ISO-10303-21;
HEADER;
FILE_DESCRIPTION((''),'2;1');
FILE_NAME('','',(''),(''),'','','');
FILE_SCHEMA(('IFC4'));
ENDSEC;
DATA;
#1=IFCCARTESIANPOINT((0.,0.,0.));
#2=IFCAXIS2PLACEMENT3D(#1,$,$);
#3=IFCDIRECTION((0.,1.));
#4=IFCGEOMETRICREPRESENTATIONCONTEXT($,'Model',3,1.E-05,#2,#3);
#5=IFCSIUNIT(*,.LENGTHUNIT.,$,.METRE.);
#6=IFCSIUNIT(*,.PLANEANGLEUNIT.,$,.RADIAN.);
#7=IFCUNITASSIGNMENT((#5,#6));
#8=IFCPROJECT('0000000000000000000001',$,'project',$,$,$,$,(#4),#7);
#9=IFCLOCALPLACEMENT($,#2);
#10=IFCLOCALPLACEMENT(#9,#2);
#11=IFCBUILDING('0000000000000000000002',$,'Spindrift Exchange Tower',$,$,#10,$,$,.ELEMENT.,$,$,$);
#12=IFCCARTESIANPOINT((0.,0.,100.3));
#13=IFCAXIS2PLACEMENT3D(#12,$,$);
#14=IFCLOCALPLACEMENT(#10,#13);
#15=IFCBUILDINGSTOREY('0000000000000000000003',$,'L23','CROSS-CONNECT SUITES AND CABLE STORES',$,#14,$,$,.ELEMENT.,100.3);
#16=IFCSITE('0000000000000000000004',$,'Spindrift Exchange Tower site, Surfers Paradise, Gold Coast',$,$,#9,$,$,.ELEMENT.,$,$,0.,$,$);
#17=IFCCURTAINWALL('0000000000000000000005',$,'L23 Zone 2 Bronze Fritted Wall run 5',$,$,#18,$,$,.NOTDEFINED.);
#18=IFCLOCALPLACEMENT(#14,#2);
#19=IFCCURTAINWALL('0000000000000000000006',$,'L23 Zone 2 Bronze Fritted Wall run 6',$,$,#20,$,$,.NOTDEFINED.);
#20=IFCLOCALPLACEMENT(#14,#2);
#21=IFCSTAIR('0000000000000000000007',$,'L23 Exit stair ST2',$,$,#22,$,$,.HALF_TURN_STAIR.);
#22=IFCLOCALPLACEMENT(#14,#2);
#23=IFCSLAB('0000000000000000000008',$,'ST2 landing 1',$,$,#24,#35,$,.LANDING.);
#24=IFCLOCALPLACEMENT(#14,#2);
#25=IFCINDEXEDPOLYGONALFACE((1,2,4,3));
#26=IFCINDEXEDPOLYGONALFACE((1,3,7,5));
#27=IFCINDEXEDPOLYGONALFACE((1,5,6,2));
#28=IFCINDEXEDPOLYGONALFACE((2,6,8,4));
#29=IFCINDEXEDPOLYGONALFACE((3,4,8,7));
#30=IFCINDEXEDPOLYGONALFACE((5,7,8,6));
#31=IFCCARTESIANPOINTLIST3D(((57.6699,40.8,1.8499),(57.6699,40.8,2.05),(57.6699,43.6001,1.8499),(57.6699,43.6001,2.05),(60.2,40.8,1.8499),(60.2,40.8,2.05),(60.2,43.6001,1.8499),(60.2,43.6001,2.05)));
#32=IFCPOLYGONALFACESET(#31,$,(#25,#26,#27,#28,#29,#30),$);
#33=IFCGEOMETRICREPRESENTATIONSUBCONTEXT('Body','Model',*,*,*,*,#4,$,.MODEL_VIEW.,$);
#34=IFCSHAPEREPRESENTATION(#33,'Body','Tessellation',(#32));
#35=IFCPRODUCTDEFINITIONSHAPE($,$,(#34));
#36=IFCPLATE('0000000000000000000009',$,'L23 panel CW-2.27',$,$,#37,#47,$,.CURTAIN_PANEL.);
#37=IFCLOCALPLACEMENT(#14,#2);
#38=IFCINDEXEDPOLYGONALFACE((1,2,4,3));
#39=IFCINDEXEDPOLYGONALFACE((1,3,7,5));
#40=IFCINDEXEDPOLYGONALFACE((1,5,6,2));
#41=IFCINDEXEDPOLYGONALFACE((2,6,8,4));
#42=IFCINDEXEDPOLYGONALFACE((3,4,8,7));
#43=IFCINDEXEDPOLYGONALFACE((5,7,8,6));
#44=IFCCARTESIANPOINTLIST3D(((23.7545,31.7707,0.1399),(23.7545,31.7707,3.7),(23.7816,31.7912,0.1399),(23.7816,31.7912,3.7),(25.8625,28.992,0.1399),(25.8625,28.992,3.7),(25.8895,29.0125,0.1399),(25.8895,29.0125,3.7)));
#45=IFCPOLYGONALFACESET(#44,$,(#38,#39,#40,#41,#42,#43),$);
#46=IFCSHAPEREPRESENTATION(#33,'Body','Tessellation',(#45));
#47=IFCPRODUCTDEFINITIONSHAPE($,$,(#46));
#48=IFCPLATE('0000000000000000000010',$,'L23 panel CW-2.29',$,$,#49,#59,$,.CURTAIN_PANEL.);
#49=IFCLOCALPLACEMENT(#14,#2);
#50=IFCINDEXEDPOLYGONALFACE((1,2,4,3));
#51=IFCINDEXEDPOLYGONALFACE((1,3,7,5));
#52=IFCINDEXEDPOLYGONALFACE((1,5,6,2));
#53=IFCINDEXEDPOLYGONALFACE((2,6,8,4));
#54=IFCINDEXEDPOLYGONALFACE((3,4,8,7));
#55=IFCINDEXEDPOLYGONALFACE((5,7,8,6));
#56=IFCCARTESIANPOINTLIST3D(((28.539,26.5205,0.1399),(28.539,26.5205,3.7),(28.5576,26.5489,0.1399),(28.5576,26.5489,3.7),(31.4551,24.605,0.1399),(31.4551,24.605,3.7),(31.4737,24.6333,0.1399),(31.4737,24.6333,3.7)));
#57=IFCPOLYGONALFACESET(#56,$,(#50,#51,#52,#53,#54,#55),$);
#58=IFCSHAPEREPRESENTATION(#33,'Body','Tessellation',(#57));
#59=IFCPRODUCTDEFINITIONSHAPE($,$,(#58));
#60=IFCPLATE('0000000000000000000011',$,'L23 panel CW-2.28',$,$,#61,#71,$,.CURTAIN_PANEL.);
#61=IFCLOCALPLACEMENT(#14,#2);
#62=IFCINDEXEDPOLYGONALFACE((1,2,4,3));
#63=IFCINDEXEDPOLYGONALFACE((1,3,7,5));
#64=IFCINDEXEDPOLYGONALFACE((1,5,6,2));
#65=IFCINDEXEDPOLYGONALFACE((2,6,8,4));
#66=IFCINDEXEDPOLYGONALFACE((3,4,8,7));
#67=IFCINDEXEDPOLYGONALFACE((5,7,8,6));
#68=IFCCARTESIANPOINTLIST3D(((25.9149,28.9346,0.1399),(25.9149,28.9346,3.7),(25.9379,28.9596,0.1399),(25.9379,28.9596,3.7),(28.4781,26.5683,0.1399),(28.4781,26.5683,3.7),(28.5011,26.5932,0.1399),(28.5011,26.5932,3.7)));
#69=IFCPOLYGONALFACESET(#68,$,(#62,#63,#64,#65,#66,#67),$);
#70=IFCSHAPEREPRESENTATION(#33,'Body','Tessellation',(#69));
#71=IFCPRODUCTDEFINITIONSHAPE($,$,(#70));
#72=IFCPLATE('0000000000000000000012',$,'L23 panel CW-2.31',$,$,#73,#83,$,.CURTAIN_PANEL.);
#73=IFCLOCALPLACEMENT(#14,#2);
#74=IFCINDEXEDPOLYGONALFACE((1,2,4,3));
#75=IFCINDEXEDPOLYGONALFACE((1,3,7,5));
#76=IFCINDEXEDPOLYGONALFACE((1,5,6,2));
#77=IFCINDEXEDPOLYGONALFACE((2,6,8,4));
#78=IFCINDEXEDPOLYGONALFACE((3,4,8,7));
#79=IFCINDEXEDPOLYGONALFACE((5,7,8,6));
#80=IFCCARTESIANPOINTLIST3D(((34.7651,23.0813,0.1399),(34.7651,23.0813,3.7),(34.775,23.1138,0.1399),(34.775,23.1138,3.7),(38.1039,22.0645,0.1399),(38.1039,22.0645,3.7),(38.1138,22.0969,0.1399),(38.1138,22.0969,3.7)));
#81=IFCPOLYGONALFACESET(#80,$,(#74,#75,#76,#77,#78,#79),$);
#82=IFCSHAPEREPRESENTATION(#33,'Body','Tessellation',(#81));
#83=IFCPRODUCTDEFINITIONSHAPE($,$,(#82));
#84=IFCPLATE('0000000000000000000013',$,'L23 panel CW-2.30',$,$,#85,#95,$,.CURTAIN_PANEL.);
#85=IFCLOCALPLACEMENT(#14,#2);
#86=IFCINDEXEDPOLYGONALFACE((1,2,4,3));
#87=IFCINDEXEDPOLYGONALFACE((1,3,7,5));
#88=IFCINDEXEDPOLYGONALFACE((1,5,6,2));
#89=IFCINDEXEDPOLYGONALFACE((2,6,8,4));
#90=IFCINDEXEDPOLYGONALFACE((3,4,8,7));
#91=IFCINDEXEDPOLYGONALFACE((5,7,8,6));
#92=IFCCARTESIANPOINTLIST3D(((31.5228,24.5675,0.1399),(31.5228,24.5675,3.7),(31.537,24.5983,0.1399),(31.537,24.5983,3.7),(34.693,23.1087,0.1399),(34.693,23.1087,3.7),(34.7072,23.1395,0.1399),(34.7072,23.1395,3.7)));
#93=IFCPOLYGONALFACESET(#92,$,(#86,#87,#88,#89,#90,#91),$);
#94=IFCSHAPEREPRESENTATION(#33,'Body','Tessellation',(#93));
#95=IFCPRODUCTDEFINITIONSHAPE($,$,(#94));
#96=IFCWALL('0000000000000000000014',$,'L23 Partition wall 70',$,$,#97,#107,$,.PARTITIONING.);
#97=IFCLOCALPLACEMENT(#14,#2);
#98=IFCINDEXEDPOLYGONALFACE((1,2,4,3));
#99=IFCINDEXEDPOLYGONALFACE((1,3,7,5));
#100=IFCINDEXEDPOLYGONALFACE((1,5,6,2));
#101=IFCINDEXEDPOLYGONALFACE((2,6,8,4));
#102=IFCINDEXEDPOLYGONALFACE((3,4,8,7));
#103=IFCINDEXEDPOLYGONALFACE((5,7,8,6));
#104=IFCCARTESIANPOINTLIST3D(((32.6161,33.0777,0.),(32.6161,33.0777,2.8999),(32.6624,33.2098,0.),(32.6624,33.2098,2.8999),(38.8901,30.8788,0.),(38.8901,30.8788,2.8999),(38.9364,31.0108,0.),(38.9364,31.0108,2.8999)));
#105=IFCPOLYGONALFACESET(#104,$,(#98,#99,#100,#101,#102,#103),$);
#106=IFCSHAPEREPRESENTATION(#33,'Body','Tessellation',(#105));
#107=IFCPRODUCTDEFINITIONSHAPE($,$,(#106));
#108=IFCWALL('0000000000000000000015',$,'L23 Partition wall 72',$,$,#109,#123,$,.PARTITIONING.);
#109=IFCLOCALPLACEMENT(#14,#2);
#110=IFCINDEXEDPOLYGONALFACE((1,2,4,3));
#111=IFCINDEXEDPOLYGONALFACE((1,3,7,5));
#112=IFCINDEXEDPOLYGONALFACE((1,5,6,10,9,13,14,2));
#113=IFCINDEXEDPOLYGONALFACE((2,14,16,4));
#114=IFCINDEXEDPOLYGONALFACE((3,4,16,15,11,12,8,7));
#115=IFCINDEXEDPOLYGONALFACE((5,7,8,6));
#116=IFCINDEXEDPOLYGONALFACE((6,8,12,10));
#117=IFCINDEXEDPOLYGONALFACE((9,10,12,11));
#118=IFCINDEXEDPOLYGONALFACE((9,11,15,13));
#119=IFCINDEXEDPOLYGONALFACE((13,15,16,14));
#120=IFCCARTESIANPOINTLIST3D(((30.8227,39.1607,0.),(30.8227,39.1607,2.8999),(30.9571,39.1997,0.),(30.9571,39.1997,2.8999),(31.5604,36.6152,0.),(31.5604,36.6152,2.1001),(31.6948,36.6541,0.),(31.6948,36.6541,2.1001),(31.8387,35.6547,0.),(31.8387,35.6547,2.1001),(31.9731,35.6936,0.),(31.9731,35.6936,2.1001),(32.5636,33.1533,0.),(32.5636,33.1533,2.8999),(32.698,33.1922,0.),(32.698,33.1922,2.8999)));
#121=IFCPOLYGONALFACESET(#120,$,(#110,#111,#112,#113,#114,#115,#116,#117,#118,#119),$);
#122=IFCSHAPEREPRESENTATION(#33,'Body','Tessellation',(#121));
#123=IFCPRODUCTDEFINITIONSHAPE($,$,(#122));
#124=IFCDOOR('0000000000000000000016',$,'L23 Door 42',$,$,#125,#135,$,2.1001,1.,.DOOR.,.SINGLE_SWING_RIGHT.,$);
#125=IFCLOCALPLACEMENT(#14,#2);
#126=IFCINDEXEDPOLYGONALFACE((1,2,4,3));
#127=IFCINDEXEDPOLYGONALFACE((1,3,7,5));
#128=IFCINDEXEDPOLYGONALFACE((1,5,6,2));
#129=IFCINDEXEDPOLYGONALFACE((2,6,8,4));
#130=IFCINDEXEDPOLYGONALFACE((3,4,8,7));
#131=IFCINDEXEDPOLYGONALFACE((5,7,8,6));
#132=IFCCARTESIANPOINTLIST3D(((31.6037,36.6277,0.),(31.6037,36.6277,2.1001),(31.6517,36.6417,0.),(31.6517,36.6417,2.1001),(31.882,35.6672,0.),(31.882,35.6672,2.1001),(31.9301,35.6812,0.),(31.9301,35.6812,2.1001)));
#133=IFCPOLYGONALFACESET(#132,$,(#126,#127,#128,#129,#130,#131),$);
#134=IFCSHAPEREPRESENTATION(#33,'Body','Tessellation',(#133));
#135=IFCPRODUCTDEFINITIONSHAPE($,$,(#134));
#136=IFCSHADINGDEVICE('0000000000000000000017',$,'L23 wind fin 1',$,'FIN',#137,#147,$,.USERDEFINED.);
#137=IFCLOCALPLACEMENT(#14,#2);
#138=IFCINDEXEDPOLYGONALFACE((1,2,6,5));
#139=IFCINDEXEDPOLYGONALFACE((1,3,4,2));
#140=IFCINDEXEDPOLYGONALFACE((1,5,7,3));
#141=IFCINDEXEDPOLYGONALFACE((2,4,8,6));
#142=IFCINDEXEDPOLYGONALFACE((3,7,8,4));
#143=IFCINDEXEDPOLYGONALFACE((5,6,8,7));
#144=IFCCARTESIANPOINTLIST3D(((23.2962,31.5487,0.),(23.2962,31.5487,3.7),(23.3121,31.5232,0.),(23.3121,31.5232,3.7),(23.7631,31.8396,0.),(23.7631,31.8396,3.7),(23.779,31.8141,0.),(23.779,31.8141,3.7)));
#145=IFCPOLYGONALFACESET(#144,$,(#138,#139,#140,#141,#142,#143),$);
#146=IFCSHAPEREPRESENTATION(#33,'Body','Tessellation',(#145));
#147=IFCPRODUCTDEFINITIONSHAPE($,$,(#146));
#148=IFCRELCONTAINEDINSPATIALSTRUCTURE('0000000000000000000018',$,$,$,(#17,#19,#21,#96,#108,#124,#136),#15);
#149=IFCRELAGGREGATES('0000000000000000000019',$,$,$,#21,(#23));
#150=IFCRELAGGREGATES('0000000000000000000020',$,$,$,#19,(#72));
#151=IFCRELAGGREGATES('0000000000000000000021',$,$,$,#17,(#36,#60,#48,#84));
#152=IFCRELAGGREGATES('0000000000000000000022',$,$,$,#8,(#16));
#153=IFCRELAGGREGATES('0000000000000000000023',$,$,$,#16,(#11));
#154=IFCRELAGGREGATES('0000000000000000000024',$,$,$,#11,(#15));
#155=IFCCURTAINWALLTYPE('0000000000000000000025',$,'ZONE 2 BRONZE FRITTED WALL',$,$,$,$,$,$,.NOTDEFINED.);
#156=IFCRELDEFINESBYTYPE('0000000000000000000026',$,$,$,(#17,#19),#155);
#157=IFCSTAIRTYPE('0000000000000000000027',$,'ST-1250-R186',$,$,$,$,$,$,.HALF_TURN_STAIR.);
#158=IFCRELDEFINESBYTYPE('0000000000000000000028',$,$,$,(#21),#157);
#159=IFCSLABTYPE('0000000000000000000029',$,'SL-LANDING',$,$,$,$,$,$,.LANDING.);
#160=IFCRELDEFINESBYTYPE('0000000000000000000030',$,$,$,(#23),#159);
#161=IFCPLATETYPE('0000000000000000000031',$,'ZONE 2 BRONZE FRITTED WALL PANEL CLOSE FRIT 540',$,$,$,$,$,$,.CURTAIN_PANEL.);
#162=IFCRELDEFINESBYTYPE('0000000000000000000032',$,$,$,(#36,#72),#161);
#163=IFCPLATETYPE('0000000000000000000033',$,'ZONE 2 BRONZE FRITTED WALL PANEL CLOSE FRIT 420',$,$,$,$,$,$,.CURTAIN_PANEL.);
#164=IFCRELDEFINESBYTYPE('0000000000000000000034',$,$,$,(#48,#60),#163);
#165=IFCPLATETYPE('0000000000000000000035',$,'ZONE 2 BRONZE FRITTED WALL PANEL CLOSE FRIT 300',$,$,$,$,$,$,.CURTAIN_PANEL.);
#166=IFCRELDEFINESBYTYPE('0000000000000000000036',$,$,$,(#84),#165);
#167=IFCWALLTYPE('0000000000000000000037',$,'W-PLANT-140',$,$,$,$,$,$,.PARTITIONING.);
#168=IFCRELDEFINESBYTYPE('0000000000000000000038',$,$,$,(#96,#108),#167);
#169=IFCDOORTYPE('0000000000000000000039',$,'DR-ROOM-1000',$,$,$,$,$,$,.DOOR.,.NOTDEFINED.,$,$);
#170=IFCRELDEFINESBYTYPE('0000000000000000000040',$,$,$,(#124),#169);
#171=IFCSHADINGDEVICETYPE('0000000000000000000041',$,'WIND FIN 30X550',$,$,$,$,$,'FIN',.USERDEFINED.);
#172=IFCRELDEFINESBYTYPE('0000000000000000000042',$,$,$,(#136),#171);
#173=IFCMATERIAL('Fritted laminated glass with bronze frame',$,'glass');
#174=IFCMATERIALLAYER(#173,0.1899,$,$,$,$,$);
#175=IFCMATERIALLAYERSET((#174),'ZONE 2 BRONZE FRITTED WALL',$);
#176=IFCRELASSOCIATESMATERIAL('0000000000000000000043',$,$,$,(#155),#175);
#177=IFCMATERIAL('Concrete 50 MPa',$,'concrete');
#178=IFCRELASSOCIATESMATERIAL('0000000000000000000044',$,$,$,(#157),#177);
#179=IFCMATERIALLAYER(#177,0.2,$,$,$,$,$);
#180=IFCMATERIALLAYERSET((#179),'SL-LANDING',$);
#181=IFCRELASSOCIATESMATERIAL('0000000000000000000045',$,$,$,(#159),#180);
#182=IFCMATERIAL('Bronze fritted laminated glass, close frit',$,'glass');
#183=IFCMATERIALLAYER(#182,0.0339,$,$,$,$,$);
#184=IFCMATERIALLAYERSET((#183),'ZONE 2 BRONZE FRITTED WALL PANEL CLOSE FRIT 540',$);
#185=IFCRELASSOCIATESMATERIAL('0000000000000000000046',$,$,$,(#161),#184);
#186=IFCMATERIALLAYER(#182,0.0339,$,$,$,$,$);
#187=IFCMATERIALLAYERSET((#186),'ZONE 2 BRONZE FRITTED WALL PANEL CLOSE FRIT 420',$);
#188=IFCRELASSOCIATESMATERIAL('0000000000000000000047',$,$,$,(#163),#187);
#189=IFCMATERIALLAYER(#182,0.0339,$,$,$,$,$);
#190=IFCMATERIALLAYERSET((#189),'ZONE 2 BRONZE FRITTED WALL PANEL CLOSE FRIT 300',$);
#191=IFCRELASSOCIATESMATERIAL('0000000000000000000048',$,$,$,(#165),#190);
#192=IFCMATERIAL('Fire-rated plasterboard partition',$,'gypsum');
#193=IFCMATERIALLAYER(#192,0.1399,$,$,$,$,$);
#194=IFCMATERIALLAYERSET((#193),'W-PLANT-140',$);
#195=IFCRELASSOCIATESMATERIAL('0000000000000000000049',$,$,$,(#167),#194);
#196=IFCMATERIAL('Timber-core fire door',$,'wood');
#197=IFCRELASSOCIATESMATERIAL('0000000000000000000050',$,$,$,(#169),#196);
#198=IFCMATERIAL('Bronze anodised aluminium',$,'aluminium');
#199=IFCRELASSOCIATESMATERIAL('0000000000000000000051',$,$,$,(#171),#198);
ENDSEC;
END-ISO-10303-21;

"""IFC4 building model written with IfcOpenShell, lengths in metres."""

from ifc_helpers import new_model, si_unit, direction, frame, frame_2d, origin, origin_2d, place, context, subcontext, project, spatial, line, indexed_curve, rectangle, outline, extrude, source, transform, mapped, material, layer, layer_set, material_profile, profile_set, type_object, element, fill, aggregate, save


model = new_model("IFC4")

# Units and contexts
model_context = context("Model", 3, precision=1e-05, world=origin(), true_north=direction((0.0, 1.0)))
body_context = subcontext(model_context, "Body", "Model", "MODEL_VIEW")
ifc_project = project(units=[si_unit("LENGTHUNIT", "METRE"), si_unit("PLANEANGLEUNIT", "RADIAN")], contexts=[model_context])

# Site, building, storey
site_placement = place(None, origin())
site = spatial("IfcSite", under=ifc_project, at=site_placement, Name="Spindrift Exchange Tower site, Surfers Paradise, Gold Coast", CompositionType="ELEMENT", RefElevation=0.0)
building_placement = place(site_placement, origin())
building = spatial("IfcBuilding", under=site, at=building_placement, Name="Spindrift Exchange Tower", CompositionType="ELEMENT")
storey_placement = place(building_placement, frame((0.0, 0.0, 100.3)))
storey = spatial("IfcBuildingStorey", under=building, at=storey_placement, Name="L23", Description="CROSS-CONNECT SUITES AND CABLE STORES", CompositionType="ELEMENT", Elevation=100.3)

# Curtain wall
ifc_material_1 = material(Name="Fritted laminated glass with bronze frame", Category="glass")
ifc_layer_1 = layer(ifc_material_1, 0.1899)
ifc_layer_set_1 = layer_set([ifc_layer_1], Name="ZONE 2 BRONZE FRITTED WALL")
curtain_wall_type = type_object("IfcCurtainWallType", Name="ZONE 2 BRONZE FRITTED WALL", PredefinedType="NOTDEFINED", material=ifc_layer_set_1)
curtain_wall_1_placement = place(storey_placement, origin())
curtain_wall_1 = element("IfcCurtainWall", 1, at=curtain_wall_1_placement, inside=storey, type_object=curtain_wall_type, Name="L23 Zone 2 Bronze Fritted Wall run 5", PredefinedType="NOTDEFINED")
ifc_material_2 = material(Name="Bronze anodised aluminium", Category="aluminium")

# Curtain wall
curtain_wall_2_placement = place(storey_placement, origin())
curtain_wall_2 = element("IfcCurtainWall", 2, at=curtain_wall_2_placement, inside=storey, type_object=curtain_wall_type, Name="L23 Zone 2 Bronze Fritted Wall run 6", PredefinedType="NOTDEFINED")

# Shared definitions
ifc_material_3 = material(Name="Concrete 50 MPa", Category="concrete")

# Stair, slab
stair_type = type_object("IfcStairType", Name="ST-1250-R186", PredefinedType="HALF_TURN_STAIR", material=ifc_material_3)
ifc_layer_2 = layer(ifc_material_3, 0.2)
ifc_layer_set_2 = layer_set([ifc_layer_2], Name="SL-LANDING")
slab_type_1 = type_object("IfcSlabType", Name="SL-LANDING", PredefinedType="LANDING", material=ifc_layer_set_2)
stair_1_placement = place(storey_placement, origin())
stair_1 = element("IfcStair", 3, at=stair_1_placement, inside=storey, type_object=stair_type, Name="L23 Exit stair ST2", PredefinedType="HALF_TURN_STAIR")
slab_1_placement = place(storey_placement, frame((0.0, 0.0, 1.8499)))
slab_1 = element("IfcSlab", 4, at=slab_1_placement, type_object=slab_type_1, Name="ST2 landing 1", PredefinedType="LANDING", context=body_context, shape_type="SweptSolid", body=[
    extrude(outline(indexed_curve([(57.6699, 43.6001), (60.2, 43.6001), (60.2, 40.8), (57.6699, 40.8)], segments=[line(1, 2, 3, 4, 1)], self_intersect=False)), origin(), (0.0, 0.0, 1.0), 0.2002),
])
aggregate(stair_1, [slab_1])

# Plates
ifc_material_4 = material(Name="Bronze fritted laminated glass, close frit", Category="glass")
ifc_layer_3 = layer(ifc_material_4, 0.0339)
ifc_layer_set_3 = layer_set([ifc_layer_3], Name="ZONE 2 BRONZE FRITTED WALL PANEL CLOSE FRIT 540")
plate_type_1 = type_object("IfcPlateType", Name="ZONE 2 BRONZE FRITTED WALL PANEL CLOSE FRIT 540", PredefinedType="CURTAIN_PANEL", material=ifc_layer_set_3)
shared_shape_1 = source(origin(), body_context, "Body", "SweptSolid", [
    extrude(rectangle(XDim=3.4878, YDim=0.0339, at=origin_2d()), origin(), (0.0, 0.0, 1.0), 3.5601),
])
plate_1_placement = place(storey_placement, frame((24.822, 30.3916, 0.1399), z_axis=(0.0, 0.0, 1.0), x_axis=(0.604378, -0.796698, 0.0)))
plate_1 = element("IfcPlate", 5, at=plate_1_placement, type_object=plate_type_1, Name="L23 panel CW-2.27", PredefinedType="CURTAIN_PANEL", context=body_context, shape_type="MappedRepresentation", body=[
    mapped(shared_shape_1, transform((0.0, 0.0, 0.0), scale=1.0)),
])
ifc_layer_4 = layer(ifc_material_4, 0.0339)
ifc_layer_set_4 = layer_set([ifc_layer_4], Name="ZONE 2 BRONZE FRITTED WALL PANEL CLOSE FRIT 420")
plate_type_2 = type_object("IfcPlateType", Name="ZONE 2 BRONZE FRITTED WALL PANEL CLOSE FRIT 420", PredefinedType="CURTAIN_PANEL", material=ifc_layer_set_4)
shared_shape_2 = source(origin(), body_context, "Body", "SweptSolid", [
    extrude(rectangle(XDim=3.489, YDim=0.0339, at=origin_2d()), origin(), (0.0, 0.0, 1.0), 3.5601),
])
plate_2_placement = place(storey_placement, frame((30.0063, 25.5769, 0.1399), z_axis=(0.0, 0.0, 1.0), x_axis=(0.835808, -0.549021, 0.0)))
plate_2 = element("IfcPlate", 6, at=plate_2_placement, type_object=plate_type_2, Name="L23 panel CW-2.29", PredefinedType="CURTAIN_PANEL", context=body_context, shape_type="MappedRepresentation", body=[
    mapped(shared_shape_2, transform((0.0, 0.0, 0.0), scale=1.0)),
])
shared_shape_3 = source(origin(), body_context, "Body", "SweptSolid", [
    extrude(rectangle(XDim=3.4885, YDim=0.0339, at=origin_2d()), origin(), (0.0, 0.0, 1.0), 3.5601),
])
plate_3_placement = place(storey_placement, frame((27.208, 27.7639, 0.1399), z_axis=(0.0, 0.0, 1.0), x_axis=(0.734761, -0.678326, 0.0)))
plate_3 = element("IfcPlate", 7, at=plate_3_placement, type_object=plate_type_2, Name="L23 panel CW-2.28", PredefinedType="CURTAIN_PANEL", context=body_context, shape_type="MappedRepresentation", body=[
    mapped(shared_shape_3, transform((0.0, 0.0, 0.0), scale=1.0)),
])
shared_shape_4 = source(origin(), body_context, "Body", "SweptSolid", [
    extrude(rectangle(XDim=3.4902, YDim=0.0339, at=origin_2d()), origin(), (0.0, 0.0, 1.0), 3.5601),
])
plate_4_placement = place(storey_placement, frame((36.4395, 22.5891, 0.1399), z_axis=(0.0, 0.0, 1.0), x_axis=(0.95662, -0.291338, 0.0)))
plate_4 = element("IfcPlate", 8, at=plate_4_placement, type_object=plate_type_1, Name="L23 panel CW-2.31", PredefinedType="CURTAIN_PANEL", context=body_context, shape_type="MappedRepresentation", body=[
    mapped(shared_shape_4, transform((0.0, 0.0, 0.0), scale=1.0)),
])
aggregate(curtain_wall_2, [plate_4])
ifc_layer_5 = layer(ifc_material_4, 0.0339)
ifc_layer_set_5 = layer_set([ifc_layer_5], Name="ZONE 2 BRONZE FRITTED WALL PANEL CLOSE FRIT 300")
plate_type_3 = type_object("IfcPlateType", Name="ZONE 2 BRONZE FRITTED WALL PANEL CLOSE FRIT 300", PredefinedType="CURTAIN_PANEL", material=ifc_layer_set_5)
shared_shape_5 = source(origin(), body_context, "Body", "SweptSolid", [
    extrude(rectangle(XDim=3.4897, YDim=0.0339, at=origin_2d()), origin(), (0.0, 0.0, 1.0), 3.5601),
])
plate_5_placement = place(storey_placement, frame((33.115, 23.8535, 0.1399), z_axis=(0.0, 0.0, 1.0), x_axis=(0.908433, -0.41803, 0.0)))
plate_5 = element("IfcPlate", 9, at=plate_5_placement, type_object=plate_type_3, Name="L23 panel CW-2.30", PredefinedType="CURTAIN_PANEL", context=body_context, shape_type="MappedRepresentation", body=[
    mapped(shared_shape_5, transform((0.0, 0.0, 0.0), scale=1.0)),
])
aggregate(curtain_wall_1, [plate_1, plate_3, plate_2, plate_5])

# Wall
ifc_material_5 = material(Name="Fire-rated plasterboard partition", Category="gypsum")
ifc_layer_6 = layer(ifc_material_5, 0.1399)
ifc_layer_set_6 = layer_set([ifc_layer_6], Name="W-PLANT-140")
wall_type = type_object("IfcWallType", Name="W-PLANT-140", PredefinedType="PARTITIONING", material=ifc_layer_set_6)
wall_1_placement = place(storey_placement, frame((32.6392, 33.1438, 0.0), z_axis=(0.0, 0.0, 1.0), x_axis=(0.943713, -0.330766, 0.0)))
element("IfcWall", 10, at=wall_1_placement, inside=storey, type_object=wall_type, Name="L23 Partition wall 70", PredefinedType="PARTITIONING", context=body_context, shape_type="SweptSolid", body=[
    extrude(rectangle(XDim=6.6482, YDim=0.1399, at=frame_2d((3.3242, 0.0))), origin(), (0.0, 0.0, 1.0), 2.8999),
])

# Wall, opening, door
wall_2_placement = place(storey_placement, frame((32.6309, 33.1726, 0.0), z_axis=(0.0, 0.0, 1.0), x_axis=(-0.278343, 0.960482, 0.0)))
wall_2 = element("IfcWall", 11, at=wall_2_placement, inside=storey, type_object=wall_type, Name="L23 Partition wall 72", PredefinedType="PARTITIONING", context=body_context, shape_type="SweptSolid", body=[
    extrude(rectangle(XDim=6.2546, YDim=0.1399, at=frame_2d((3.1274, 0.0))), origin(), (0.0, 0.0, 1.0), 2.8999),
])
opening_placement = place(wall_2_placement, frame((2.6045, 0.0, 0.0)))
opening = element("IfcOpeningElement", 12, at=opening_placement, cuts=wall_2, PredefinedType="OPENING", context=body_context, shape_type="SweptSolid", body=[
    extrude(rectangle(XDim=1.0, YDim=2.1001, at=frame_2d((0.5, 1.05))), frame((0.0, 0.0798, 0.0), z_axis=(0.0, -1.0, 0.0), x_axis=(1.0, 0.0, 0.0)), (0.0, 0.0, 1.0), 0.1599),
])
ifc_material_6 = material(Name="Timber-core fire door", Category="wood")
door_type = type_object("IfcDoorType", Name="DR-ROOM-1000", OperationType="NOTDEFINED", PredefinedType="DOOR", material=ifc_material_6)
shared_shape_6 = source(origin(), body_context, "Body", "SweptSolid", [
    extrude(rectangle(XDim=1.0, YDim=2.1001, at=frame_2d((0.5, 1.05))), frame((0.0, 0.0249, 0.0), z_axis=(0.0, -1.0, 0.0), x_axis=(1.0, 0.0, 0.0)), (0.0, 0.0, 1.0), 0.05),
])
door_placement = place(opening_placement, origin())
door = element("IfcDoor", 13, at=door_placement, inside=storey, type_object=door_type, Name="L23 Door 42", OperationType="SINGLE_SWING_RIGHT", OverallHeight=2.1001, OverallWidth=1.0, PredefinedType="DOOR", context=body_context, shape_type="MappedRepresentation", body=[
    mapped(shared_shape_6, transform((0.0, 0.0, 0.0), scale=1.0)),
])
fill(opening, door)

# Shading device
ifc_material_profile_1 = material_profile(ifc_material_2, rectangle(XDim=0.03, YDim=0.55, at=origin_2d()), Name="WIND FIN 30X550")
ifc_profile_set_1 = profile_set([ifc_material_profile_1], Name="Bronze anodised aluminium")
shading_device_type = type_object("IfcShadingDeviceType", Name="WIND FIN 30X550", ElementType="FIN", PredefinedType="USERDEFINED", material=ifc_profile_set_1)
shared_shape_7 = source(origin(), body_context, "Body", "SweptSolid", [
    extrude(rectangle(XDim=0.03, YDim=0.55, at=origin_2d()), origin(), (0.0, 0.0, 1.0), 3.7),
])
shading_device_placement = place(storey_placement, frame((23.5376, 31.6814, 0.0), z_axis=(0.0, 0.0, 1.0), x_axis=(0.528877, -0.848699, 0.0)))
element("IfcShadingDevice", 14, at=shading_device_placement, inside=storey, type_object=shading_device_type, Name="L23 wind fin 1", ObjectType="FIN", PredefinedType="USERDEFINED", context=body_context, shape_type="MappedRepresentation", body=[
    mapped(shared_shape_7, transform((0.0, 0.0, 0.0), scale=1.0)),
])

save(model, "model.ifc")
